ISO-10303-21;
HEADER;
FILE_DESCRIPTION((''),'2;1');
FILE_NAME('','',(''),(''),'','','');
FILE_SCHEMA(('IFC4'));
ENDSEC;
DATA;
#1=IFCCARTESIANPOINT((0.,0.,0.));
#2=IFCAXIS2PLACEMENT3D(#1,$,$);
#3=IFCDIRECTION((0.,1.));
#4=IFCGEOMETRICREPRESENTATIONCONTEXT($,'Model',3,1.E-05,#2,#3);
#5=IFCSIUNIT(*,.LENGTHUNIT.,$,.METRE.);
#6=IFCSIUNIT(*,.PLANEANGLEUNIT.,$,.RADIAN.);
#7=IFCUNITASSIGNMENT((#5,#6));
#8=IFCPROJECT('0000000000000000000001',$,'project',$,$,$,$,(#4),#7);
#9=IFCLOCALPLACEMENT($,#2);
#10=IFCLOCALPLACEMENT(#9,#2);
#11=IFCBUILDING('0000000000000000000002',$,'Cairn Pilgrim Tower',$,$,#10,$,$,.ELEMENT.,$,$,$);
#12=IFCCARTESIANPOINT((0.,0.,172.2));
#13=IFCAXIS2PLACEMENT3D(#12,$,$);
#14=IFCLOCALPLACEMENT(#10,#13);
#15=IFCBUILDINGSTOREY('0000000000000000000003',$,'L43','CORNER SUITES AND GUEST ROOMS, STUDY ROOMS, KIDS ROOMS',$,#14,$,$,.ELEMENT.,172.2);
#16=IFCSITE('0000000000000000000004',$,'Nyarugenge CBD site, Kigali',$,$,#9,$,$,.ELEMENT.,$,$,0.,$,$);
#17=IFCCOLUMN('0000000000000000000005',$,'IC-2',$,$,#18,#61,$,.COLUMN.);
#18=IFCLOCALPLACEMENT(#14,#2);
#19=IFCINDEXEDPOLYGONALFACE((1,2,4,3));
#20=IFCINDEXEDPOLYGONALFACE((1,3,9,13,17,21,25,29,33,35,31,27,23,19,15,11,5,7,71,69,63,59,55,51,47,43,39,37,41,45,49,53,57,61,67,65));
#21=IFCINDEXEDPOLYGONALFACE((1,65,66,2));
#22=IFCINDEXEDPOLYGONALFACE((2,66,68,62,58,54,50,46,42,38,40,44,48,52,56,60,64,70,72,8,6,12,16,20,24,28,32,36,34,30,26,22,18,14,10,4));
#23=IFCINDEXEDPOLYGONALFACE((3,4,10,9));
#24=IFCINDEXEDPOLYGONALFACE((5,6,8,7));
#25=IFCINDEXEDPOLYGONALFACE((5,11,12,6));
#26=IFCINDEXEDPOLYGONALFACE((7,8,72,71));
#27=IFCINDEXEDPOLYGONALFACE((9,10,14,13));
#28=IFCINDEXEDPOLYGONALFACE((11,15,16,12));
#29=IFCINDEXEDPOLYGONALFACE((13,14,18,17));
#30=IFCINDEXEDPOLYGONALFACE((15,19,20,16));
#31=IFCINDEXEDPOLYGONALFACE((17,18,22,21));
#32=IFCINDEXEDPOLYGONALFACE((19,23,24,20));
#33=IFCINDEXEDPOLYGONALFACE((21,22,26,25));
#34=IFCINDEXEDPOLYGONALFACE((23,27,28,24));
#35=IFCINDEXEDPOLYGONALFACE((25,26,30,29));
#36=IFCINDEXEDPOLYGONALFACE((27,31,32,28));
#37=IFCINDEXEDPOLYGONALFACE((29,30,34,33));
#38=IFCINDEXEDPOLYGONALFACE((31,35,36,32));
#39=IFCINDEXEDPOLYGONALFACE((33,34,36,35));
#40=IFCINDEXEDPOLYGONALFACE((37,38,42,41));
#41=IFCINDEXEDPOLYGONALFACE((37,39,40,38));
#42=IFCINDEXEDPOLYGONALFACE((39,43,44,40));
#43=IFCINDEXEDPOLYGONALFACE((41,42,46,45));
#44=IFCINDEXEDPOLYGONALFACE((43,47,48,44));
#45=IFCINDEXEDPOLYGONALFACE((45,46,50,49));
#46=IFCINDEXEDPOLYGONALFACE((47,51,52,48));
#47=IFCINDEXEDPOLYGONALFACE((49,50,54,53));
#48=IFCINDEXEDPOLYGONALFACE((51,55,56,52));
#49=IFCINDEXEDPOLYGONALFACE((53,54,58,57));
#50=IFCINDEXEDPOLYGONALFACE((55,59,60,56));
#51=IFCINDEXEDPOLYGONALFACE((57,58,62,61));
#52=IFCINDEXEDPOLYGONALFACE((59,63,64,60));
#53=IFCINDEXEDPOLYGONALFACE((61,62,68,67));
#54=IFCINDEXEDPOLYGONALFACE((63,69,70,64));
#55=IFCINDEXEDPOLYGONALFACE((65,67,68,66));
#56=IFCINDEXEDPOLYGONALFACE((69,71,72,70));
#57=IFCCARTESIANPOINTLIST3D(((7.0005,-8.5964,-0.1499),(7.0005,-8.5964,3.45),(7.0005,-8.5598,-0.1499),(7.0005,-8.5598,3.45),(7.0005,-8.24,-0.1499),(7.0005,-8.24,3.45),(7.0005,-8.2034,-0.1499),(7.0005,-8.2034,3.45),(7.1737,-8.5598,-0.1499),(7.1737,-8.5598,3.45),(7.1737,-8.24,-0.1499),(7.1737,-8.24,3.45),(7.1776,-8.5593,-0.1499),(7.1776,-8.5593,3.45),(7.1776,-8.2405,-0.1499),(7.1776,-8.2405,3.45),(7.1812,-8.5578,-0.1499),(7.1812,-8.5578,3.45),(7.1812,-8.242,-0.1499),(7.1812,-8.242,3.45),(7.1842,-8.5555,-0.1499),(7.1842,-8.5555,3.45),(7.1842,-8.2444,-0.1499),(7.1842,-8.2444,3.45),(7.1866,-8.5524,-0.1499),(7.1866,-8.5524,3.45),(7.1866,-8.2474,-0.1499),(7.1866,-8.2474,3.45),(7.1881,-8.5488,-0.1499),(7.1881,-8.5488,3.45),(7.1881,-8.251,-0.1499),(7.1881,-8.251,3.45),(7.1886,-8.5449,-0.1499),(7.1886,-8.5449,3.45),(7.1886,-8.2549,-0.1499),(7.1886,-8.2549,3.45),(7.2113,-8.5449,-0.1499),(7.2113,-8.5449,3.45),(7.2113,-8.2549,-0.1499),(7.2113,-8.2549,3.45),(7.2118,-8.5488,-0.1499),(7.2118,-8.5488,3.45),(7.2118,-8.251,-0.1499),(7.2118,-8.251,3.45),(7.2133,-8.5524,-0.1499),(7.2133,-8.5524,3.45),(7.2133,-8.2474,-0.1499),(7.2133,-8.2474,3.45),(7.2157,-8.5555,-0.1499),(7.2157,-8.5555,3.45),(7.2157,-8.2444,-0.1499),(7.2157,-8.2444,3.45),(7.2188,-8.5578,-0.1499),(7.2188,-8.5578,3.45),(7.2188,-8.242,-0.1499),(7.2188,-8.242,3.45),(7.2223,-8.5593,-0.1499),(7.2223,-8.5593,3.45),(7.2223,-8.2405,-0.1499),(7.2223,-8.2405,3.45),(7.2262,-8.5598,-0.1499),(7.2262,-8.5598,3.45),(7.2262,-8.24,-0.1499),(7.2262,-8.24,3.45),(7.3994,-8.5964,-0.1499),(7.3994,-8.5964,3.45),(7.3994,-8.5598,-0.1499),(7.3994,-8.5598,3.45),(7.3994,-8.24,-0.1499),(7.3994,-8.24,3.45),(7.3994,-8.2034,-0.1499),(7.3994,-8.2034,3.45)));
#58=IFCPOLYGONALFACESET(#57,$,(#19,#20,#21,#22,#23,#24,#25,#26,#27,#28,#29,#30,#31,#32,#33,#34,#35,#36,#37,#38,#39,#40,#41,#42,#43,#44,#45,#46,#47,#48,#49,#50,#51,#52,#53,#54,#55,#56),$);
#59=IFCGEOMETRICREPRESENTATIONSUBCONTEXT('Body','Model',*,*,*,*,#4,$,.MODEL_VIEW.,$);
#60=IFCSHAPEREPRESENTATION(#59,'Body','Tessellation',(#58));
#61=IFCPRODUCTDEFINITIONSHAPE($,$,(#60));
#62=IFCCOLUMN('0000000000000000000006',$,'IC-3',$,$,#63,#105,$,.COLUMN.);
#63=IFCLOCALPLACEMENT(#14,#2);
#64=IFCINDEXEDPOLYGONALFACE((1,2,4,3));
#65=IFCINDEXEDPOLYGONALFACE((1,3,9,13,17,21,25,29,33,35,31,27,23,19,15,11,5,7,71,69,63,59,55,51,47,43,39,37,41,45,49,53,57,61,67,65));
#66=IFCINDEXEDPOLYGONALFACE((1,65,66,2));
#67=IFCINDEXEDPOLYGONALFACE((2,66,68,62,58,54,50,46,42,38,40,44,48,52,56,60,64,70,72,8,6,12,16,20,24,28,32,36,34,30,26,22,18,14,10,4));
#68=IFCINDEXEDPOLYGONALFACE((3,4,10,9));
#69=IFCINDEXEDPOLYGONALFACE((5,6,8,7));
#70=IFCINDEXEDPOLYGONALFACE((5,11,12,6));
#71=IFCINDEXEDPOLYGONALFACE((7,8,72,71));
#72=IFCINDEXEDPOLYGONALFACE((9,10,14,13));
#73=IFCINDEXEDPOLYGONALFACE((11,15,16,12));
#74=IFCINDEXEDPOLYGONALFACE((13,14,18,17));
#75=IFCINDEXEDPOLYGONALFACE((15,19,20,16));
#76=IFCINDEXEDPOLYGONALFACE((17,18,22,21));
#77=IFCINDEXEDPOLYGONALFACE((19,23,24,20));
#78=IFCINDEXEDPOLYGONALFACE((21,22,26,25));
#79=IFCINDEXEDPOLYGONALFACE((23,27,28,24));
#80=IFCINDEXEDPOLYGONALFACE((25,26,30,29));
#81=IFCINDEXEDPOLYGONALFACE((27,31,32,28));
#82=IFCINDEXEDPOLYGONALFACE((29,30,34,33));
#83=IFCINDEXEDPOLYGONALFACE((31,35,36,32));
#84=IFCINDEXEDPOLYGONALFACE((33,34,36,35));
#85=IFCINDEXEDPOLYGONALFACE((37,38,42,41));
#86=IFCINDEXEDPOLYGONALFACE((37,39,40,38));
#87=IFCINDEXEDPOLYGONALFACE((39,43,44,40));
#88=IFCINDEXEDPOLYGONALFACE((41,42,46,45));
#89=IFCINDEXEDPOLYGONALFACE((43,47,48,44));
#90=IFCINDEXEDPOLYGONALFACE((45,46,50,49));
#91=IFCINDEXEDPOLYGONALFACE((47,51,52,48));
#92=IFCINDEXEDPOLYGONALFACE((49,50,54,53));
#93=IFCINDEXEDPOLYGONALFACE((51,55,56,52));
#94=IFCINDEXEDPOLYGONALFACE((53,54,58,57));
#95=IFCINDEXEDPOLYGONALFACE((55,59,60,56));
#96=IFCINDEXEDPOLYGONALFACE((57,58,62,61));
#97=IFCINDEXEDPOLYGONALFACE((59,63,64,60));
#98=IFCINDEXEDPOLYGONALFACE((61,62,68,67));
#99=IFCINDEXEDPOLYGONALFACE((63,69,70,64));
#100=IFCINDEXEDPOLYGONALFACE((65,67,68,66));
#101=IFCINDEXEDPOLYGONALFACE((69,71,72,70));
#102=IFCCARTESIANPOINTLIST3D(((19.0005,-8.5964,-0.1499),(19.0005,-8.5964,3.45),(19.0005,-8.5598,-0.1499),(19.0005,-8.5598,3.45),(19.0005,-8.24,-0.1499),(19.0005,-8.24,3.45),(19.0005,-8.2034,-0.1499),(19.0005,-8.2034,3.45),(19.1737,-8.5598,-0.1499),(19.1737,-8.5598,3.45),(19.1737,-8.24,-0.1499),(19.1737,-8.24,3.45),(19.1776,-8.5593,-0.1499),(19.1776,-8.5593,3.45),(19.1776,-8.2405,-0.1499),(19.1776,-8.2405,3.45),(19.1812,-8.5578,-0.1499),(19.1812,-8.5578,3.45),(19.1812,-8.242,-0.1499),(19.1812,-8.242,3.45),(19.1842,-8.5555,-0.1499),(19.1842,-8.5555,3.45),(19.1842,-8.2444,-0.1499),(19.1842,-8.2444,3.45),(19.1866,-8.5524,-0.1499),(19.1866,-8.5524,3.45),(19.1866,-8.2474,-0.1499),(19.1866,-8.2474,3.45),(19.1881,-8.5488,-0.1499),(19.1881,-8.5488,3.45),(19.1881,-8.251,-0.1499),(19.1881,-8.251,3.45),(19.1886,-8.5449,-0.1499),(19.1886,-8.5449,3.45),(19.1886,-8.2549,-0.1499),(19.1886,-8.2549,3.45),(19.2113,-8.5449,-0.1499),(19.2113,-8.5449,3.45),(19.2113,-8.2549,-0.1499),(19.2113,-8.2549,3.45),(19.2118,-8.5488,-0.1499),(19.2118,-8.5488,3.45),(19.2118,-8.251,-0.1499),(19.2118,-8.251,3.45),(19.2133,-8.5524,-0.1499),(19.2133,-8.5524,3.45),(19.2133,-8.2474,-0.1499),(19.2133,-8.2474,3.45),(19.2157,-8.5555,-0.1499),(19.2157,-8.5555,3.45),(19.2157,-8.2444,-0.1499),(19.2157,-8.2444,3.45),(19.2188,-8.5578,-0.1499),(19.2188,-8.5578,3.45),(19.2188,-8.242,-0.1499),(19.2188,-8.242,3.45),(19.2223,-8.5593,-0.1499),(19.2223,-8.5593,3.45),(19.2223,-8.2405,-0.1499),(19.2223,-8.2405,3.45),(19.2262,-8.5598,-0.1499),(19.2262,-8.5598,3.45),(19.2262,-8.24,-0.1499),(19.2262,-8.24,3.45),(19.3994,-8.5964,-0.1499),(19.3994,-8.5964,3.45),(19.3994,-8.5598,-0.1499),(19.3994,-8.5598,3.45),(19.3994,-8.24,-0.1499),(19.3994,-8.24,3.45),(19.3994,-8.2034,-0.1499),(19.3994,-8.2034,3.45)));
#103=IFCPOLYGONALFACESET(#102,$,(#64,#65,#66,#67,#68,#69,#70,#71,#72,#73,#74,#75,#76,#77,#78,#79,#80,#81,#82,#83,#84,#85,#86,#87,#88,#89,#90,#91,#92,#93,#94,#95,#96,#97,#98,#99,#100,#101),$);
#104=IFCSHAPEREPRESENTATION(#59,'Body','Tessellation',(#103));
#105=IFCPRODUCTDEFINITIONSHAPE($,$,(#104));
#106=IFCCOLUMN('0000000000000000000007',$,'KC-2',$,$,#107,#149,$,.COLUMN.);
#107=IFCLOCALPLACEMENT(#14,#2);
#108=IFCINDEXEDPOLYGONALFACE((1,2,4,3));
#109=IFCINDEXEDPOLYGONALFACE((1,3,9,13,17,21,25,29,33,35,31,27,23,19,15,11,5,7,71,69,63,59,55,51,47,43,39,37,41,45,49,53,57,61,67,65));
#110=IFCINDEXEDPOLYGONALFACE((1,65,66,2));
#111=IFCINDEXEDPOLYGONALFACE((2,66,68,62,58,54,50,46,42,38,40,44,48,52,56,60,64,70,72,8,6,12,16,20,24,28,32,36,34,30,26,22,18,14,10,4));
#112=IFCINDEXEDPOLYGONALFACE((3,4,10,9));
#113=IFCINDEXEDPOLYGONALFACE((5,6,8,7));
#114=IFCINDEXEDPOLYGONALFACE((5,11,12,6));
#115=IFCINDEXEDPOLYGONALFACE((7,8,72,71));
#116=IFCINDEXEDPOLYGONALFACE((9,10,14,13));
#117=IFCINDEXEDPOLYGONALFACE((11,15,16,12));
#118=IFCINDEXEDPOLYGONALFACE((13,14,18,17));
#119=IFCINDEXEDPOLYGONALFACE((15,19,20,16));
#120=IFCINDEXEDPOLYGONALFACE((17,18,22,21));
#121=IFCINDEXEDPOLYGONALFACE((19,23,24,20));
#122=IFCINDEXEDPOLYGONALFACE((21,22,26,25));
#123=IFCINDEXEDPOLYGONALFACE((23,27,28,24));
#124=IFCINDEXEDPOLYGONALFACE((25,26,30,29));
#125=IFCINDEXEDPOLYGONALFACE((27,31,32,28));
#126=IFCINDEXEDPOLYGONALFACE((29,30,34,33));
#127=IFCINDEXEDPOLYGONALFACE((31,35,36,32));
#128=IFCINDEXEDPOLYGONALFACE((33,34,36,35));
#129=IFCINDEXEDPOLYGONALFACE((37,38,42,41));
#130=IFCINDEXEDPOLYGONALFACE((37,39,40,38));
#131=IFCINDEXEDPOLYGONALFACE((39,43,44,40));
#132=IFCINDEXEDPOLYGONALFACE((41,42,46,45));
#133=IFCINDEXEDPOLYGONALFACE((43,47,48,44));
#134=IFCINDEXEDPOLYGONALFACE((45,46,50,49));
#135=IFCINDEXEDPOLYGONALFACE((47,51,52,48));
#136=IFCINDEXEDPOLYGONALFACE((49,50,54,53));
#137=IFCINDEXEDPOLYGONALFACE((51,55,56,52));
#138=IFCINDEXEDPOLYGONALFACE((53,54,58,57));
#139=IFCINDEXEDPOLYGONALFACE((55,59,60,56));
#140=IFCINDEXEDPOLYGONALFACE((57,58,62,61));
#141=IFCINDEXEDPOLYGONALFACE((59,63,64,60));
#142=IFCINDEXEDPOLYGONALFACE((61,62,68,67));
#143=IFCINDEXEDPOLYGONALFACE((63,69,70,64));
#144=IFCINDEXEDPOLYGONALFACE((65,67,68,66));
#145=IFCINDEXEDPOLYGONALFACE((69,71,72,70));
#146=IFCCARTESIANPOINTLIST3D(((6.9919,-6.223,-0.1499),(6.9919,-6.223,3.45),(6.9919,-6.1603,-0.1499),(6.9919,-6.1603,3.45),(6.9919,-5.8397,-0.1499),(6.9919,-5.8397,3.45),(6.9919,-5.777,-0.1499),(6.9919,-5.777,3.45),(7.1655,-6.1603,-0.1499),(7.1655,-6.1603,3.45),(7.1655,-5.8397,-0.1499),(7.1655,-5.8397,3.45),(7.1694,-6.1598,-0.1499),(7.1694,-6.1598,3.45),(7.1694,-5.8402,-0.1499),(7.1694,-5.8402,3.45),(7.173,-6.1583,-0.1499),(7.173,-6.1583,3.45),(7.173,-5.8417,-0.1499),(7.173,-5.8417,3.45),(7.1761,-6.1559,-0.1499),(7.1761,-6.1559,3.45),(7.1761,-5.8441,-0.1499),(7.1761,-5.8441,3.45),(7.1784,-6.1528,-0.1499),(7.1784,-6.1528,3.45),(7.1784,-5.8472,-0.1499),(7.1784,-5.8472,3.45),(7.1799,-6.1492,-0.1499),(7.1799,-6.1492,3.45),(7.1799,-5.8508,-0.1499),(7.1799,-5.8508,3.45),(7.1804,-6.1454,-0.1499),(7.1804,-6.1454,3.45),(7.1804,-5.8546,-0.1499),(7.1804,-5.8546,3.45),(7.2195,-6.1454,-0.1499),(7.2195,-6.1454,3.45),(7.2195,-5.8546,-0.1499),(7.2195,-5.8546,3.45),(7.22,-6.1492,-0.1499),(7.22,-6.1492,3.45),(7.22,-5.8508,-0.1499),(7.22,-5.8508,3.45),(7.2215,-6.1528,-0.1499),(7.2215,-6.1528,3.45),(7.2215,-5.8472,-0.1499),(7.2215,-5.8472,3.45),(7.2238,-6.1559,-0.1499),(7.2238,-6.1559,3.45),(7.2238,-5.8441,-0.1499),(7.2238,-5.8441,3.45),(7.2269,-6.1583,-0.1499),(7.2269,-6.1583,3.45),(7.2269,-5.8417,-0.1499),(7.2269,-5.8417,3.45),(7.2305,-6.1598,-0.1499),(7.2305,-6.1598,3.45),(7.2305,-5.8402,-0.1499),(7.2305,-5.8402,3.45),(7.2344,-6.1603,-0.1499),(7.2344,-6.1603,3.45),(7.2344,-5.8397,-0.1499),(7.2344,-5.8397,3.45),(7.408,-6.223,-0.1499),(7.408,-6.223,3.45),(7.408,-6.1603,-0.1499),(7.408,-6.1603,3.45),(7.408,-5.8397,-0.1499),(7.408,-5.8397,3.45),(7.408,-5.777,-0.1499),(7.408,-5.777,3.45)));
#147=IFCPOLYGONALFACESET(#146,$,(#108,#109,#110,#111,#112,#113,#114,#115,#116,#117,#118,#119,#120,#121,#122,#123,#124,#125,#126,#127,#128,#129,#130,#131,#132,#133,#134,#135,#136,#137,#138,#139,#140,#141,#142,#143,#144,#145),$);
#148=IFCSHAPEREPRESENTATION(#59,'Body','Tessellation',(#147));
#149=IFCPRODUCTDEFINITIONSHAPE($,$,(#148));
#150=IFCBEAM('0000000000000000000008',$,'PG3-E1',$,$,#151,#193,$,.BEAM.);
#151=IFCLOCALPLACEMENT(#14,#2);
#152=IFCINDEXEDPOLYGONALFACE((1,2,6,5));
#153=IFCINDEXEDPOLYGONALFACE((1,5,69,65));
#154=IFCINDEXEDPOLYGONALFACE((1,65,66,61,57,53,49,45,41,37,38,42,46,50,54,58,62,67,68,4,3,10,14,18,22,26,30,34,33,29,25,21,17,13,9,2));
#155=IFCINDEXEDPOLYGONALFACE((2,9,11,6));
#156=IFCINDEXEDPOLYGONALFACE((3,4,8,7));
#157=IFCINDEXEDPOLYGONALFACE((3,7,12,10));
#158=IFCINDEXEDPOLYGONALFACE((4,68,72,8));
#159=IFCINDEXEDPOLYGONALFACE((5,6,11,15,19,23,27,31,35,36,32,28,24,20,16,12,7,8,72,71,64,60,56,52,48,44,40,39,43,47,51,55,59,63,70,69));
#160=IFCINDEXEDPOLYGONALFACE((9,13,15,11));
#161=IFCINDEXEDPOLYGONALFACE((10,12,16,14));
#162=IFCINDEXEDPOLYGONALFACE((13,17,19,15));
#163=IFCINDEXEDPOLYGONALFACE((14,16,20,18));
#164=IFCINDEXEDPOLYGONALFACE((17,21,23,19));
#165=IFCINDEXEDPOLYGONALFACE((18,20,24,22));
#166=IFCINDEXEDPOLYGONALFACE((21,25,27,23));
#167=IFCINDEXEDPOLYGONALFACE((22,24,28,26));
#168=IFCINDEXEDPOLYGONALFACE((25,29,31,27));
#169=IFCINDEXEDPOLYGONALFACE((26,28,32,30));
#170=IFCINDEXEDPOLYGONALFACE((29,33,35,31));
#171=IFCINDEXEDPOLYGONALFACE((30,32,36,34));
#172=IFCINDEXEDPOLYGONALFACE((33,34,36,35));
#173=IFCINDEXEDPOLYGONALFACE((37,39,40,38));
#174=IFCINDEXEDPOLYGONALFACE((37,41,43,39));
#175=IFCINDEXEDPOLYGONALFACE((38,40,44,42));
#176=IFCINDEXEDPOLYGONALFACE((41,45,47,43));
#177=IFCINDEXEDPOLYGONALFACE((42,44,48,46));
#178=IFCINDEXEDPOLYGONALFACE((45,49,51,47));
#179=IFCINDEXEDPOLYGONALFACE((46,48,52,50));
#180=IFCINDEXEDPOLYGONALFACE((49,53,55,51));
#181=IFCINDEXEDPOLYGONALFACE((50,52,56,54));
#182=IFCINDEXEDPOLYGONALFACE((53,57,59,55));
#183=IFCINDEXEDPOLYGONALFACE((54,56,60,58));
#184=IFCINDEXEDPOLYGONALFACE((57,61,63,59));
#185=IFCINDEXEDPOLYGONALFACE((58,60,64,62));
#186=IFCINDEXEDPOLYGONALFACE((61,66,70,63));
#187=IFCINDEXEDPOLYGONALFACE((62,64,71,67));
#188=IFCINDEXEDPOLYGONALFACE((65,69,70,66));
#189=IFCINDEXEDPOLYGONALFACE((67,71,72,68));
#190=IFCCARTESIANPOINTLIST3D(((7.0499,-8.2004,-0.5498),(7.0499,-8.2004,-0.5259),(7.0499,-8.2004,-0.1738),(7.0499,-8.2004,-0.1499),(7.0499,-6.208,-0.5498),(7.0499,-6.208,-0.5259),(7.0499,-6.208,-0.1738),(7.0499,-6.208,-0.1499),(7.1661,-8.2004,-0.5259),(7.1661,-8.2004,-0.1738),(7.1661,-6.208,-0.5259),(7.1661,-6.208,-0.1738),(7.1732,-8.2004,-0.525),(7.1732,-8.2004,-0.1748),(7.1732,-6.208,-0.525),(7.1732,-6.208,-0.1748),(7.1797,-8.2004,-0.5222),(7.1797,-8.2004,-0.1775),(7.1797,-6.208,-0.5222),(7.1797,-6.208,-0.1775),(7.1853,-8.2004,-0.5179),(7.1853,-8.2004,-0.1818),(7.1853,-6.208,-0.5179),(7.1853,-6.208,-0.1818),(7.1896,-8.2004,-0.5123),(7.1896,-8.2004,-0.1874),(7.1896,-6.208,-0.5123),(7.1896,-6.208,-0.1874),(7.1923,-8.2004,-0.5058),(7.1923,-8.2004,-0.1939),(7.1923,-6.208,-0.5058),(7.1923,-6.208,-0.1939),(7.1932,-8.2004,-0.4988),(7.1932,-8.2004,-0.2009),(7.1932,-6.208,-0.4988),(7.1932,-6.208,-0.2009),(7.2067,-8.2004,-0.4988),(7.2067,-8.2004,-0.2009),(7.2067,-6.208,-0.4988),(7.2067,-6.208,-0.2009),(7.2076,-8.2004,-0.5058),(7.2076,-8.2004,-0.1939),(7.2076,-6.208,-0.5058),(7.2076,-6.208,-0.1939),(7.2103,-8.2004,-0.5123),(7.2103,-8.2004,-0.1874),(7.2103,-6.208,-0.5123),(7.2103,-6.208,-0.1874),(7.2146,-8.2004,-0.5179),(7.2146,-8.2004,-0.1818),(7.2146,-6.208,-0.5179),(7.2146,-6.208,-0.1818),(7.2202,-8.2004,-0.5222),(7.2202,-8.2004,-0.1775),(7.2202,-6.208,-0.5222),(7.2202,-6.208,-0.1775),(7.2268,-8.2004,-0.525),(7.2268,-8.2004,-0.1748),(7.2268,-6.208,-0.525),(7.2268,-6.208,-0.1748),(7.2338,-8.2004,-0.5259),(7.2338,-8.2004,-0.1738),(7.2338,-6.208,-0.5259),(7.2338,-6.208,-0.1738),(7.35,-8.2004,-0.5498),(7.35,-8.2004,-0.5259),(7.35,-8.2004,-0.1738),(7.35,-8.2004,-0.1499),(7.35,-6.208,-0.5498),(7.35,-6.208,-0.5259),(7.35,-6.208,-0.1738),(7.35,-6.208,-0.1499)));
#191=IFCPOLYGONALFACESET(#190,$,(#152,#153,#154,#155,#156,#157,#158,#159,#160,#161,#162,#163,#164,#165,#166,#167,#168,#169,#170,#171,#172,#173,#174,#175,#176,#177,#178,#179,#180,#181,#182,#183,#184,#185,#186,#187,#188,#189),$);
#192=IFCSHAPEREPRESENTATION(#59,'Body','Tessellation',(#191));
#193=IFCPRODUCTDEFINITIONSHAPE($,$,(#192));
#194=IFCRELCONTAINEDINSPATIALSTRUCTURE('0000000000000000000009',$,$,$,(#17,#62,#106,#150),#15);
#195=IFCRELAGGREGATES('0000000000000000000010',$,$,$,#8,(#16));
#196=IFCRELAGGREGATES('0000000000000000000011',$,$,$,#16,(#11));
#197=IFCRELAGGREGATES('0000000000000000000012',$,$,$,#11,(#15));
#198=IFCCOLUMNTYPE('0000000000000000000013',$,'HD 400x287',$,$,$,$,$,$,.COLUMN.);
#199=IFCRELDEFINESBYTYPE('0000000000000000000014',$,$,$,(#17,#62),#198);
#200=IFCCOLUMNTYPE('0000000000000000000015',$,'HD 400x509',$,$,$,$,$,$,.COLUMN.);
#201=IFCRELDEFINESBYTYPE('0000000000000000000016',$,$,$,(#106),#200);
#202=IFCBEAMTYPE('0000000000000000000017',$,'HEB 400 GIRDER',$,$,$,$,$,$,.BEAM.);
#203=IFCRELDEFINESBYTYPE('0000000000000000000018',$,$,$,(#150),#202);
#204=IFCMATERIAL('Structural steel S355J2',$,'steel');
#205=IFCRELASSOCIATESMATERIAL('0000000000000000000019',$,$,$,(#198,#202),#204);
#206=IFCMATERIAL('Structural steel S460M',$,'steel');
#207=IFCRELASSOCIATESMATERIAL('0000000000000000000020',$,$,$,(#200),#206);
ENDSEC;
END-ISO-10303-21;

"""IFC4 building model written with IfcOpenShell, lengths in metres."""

from ifc_helpers import new_model, si_unit, direction, frame, origin, origin_2d, place, context, subcontext, project, spatial, i_section, extrude, material, material_profile, profile_set, type_object, element, save


model = new_model("IFC4")

# Units and contexts
model_context = context("Model", 3, precision=1e-05, world=origin(), true_north=direction((0.0, 1.0)))
body_context = subcontext(model_context, "Body", "Model", "MODEL_VIEW")
ifc_project = project(units=[si_unit("LENGTHUNIT", "METRE"), si_unit("PLANEANGLEUNIT", "RADIAN")], contexts=[model_context])

# Site, building, storey
site_placement = place(None, origin())
site = spatial("IfcSite", under=ifc_project, at=site_placement, Name="Nyarugenge CBD site, Kigali", CompositionType="ELEMENT", RefElevation=0.0)
building_placement = place(site_placement, origin())
building = spatial("IfcBuilding", under=site, at=building_placement, Name="Cairn Pilgrim Tower", CompositionType="ELEMENT")
storey_placement = place(building_placement, frame((0.0, 0.0, 172.2)))
storey = spatial("IfcBuildingStorey", under=building, at=storey_placement, Name="L43", Description="CORNER SUITES AND GUEST ROOMS, STUDY ROOMS, KIDS ROOMS", CompositionType="ELEMENT", Elevation=172.2)

# Columns
ifc_material_1 = material(Name="Structural steel S355J2", Category="steel")
ifc_material_profile_1 = material_profile(ifc_material_1, i_section(OverallWidth=0.3989, OverallDepth=0.3931, WebThickness=0.0227, FlangeThickness=0.0366, FilletRadius=0.0149, at=origin_2d()), Name="HD 400x287")
ifc_profile_set_1 = profile_set([ifc_material_profile_1], Name="Structural steel S355J2")
column_type_1 = type_object("IfcColumnType", Name="HD 400x287", PredefinedType="COLUMN", material=ifc_profile_set_1)
for number, where, z_axis, x_axis, name in (
    (1, (7.2, -8.3999, -0.1499), (0.0, 0.0, 1.0), (1.0, 0.0, 0.0), "IC-2"),
    (2, (19.2, -8.3999, -0.1499), (0.0, 0.0, 1.0), (1.0, 0.0, 0.0), "IC-3"),
):
    element("IfcColumn", number, at=place(storey_placement, frame(where, z_axis=z_axis, x_axis=x_axis)), inside=storey, type_object=column_type_1, Name=name, PredefinedType="COLUMN", context=body_context, shape_type="SweptSolid", body=[
        extrude(i_section(OverallWidth=0.3989, OverallDepth=0.3931, WebThickness=0.0227, FlangeThickness=0.0366, FilletRadius=0.0149, at=origin_2d()), origin(), (0.0, 0.0, 1.0), 3.5999),
    ])
ifc_material_2 = material(Name="Structural steel S460M", Category="steel")
ifc_material_profile_2 = material_profile(ifc_material_2, i_section(OverallWidth=0.416, OverallDepth=0.446, WebThickness=0.0391, FlangeThickness=0.0627, FilletRadius=0.0149, at=origin_2d()), Name="HD 400x509")
ifc_profile_set_2 = profile_set([ifc_material_profile_2], Name="Structural steel S460M")
column_type_2 = type_object("IfcColumnType", Name="HD 400x509", PredefinedType="COLUMN", material=ifc_profile_set_2)
column_placement = place(storey_placement, frame((7.2, -6.0, -0.1499), z_axis=(0.0, 0.0, 1.0), x_axis=(1.0, 0.0, 0.0)))
element("IfcColumn", 3, at=column_placement, inside=storey, type_object=column_type_2, Name="KC-2", PredefinedType="COLUMN", context=body_context, shape_type="SweptSolid", body=[
    extrude(i_section(OverallWidth=0.416, OverallDepth=0.446, WebThickness=0.0391, FlangeThickness=0.0627, FilletRadius=0.0149, at=origin_2d()), origin(), (0.0, 0.0, 1.0), 3.5999),
])

# Beam
ifc_material_profile_3 = material_profile(ifc_material_1, i_section(OverallWidth=0.3, OverallDepth=0.3999, WebThickness=0.0134, FlangeThickness=0.0239, FilletRadius=0.0271, at=origin_2d()), Name="HEB 400")
ifc_profile_set_3 = profile_set([ifc_material_profile_3], Name="Structural steel S355J2")
beam_type_1 = type_object("IfcBeamType", Name="HEB 400 GIRDER", PredefinedType="BEAM", material=ifc_profile_set_3)
beam_1_placement = place(storey_placement, frame((7.2, -8.2004, -0.3499), z_axis=(0.0, 1.0, 0.0), x_axis=(-1.0, 0.0, 0.0)))
element("IfcBeam", 4, at=beam_1_placement, inside=storey, type_object=beam_type_1, Name="PG3-E1", PredefinedType="BEAM", context=body_context, shape_type="SweptSolid", body=[
    extrude(i_section(OverallWidth=0.3, OverallDepth=0.3999, WebThickness=0.0134, FlangeThickness=0.0239, FilletRadius=0.0271, at=origin_2d()), origin(), (0.0, 0.0, 1.0), 1.9924),
])

save(model, "model.ifc")
